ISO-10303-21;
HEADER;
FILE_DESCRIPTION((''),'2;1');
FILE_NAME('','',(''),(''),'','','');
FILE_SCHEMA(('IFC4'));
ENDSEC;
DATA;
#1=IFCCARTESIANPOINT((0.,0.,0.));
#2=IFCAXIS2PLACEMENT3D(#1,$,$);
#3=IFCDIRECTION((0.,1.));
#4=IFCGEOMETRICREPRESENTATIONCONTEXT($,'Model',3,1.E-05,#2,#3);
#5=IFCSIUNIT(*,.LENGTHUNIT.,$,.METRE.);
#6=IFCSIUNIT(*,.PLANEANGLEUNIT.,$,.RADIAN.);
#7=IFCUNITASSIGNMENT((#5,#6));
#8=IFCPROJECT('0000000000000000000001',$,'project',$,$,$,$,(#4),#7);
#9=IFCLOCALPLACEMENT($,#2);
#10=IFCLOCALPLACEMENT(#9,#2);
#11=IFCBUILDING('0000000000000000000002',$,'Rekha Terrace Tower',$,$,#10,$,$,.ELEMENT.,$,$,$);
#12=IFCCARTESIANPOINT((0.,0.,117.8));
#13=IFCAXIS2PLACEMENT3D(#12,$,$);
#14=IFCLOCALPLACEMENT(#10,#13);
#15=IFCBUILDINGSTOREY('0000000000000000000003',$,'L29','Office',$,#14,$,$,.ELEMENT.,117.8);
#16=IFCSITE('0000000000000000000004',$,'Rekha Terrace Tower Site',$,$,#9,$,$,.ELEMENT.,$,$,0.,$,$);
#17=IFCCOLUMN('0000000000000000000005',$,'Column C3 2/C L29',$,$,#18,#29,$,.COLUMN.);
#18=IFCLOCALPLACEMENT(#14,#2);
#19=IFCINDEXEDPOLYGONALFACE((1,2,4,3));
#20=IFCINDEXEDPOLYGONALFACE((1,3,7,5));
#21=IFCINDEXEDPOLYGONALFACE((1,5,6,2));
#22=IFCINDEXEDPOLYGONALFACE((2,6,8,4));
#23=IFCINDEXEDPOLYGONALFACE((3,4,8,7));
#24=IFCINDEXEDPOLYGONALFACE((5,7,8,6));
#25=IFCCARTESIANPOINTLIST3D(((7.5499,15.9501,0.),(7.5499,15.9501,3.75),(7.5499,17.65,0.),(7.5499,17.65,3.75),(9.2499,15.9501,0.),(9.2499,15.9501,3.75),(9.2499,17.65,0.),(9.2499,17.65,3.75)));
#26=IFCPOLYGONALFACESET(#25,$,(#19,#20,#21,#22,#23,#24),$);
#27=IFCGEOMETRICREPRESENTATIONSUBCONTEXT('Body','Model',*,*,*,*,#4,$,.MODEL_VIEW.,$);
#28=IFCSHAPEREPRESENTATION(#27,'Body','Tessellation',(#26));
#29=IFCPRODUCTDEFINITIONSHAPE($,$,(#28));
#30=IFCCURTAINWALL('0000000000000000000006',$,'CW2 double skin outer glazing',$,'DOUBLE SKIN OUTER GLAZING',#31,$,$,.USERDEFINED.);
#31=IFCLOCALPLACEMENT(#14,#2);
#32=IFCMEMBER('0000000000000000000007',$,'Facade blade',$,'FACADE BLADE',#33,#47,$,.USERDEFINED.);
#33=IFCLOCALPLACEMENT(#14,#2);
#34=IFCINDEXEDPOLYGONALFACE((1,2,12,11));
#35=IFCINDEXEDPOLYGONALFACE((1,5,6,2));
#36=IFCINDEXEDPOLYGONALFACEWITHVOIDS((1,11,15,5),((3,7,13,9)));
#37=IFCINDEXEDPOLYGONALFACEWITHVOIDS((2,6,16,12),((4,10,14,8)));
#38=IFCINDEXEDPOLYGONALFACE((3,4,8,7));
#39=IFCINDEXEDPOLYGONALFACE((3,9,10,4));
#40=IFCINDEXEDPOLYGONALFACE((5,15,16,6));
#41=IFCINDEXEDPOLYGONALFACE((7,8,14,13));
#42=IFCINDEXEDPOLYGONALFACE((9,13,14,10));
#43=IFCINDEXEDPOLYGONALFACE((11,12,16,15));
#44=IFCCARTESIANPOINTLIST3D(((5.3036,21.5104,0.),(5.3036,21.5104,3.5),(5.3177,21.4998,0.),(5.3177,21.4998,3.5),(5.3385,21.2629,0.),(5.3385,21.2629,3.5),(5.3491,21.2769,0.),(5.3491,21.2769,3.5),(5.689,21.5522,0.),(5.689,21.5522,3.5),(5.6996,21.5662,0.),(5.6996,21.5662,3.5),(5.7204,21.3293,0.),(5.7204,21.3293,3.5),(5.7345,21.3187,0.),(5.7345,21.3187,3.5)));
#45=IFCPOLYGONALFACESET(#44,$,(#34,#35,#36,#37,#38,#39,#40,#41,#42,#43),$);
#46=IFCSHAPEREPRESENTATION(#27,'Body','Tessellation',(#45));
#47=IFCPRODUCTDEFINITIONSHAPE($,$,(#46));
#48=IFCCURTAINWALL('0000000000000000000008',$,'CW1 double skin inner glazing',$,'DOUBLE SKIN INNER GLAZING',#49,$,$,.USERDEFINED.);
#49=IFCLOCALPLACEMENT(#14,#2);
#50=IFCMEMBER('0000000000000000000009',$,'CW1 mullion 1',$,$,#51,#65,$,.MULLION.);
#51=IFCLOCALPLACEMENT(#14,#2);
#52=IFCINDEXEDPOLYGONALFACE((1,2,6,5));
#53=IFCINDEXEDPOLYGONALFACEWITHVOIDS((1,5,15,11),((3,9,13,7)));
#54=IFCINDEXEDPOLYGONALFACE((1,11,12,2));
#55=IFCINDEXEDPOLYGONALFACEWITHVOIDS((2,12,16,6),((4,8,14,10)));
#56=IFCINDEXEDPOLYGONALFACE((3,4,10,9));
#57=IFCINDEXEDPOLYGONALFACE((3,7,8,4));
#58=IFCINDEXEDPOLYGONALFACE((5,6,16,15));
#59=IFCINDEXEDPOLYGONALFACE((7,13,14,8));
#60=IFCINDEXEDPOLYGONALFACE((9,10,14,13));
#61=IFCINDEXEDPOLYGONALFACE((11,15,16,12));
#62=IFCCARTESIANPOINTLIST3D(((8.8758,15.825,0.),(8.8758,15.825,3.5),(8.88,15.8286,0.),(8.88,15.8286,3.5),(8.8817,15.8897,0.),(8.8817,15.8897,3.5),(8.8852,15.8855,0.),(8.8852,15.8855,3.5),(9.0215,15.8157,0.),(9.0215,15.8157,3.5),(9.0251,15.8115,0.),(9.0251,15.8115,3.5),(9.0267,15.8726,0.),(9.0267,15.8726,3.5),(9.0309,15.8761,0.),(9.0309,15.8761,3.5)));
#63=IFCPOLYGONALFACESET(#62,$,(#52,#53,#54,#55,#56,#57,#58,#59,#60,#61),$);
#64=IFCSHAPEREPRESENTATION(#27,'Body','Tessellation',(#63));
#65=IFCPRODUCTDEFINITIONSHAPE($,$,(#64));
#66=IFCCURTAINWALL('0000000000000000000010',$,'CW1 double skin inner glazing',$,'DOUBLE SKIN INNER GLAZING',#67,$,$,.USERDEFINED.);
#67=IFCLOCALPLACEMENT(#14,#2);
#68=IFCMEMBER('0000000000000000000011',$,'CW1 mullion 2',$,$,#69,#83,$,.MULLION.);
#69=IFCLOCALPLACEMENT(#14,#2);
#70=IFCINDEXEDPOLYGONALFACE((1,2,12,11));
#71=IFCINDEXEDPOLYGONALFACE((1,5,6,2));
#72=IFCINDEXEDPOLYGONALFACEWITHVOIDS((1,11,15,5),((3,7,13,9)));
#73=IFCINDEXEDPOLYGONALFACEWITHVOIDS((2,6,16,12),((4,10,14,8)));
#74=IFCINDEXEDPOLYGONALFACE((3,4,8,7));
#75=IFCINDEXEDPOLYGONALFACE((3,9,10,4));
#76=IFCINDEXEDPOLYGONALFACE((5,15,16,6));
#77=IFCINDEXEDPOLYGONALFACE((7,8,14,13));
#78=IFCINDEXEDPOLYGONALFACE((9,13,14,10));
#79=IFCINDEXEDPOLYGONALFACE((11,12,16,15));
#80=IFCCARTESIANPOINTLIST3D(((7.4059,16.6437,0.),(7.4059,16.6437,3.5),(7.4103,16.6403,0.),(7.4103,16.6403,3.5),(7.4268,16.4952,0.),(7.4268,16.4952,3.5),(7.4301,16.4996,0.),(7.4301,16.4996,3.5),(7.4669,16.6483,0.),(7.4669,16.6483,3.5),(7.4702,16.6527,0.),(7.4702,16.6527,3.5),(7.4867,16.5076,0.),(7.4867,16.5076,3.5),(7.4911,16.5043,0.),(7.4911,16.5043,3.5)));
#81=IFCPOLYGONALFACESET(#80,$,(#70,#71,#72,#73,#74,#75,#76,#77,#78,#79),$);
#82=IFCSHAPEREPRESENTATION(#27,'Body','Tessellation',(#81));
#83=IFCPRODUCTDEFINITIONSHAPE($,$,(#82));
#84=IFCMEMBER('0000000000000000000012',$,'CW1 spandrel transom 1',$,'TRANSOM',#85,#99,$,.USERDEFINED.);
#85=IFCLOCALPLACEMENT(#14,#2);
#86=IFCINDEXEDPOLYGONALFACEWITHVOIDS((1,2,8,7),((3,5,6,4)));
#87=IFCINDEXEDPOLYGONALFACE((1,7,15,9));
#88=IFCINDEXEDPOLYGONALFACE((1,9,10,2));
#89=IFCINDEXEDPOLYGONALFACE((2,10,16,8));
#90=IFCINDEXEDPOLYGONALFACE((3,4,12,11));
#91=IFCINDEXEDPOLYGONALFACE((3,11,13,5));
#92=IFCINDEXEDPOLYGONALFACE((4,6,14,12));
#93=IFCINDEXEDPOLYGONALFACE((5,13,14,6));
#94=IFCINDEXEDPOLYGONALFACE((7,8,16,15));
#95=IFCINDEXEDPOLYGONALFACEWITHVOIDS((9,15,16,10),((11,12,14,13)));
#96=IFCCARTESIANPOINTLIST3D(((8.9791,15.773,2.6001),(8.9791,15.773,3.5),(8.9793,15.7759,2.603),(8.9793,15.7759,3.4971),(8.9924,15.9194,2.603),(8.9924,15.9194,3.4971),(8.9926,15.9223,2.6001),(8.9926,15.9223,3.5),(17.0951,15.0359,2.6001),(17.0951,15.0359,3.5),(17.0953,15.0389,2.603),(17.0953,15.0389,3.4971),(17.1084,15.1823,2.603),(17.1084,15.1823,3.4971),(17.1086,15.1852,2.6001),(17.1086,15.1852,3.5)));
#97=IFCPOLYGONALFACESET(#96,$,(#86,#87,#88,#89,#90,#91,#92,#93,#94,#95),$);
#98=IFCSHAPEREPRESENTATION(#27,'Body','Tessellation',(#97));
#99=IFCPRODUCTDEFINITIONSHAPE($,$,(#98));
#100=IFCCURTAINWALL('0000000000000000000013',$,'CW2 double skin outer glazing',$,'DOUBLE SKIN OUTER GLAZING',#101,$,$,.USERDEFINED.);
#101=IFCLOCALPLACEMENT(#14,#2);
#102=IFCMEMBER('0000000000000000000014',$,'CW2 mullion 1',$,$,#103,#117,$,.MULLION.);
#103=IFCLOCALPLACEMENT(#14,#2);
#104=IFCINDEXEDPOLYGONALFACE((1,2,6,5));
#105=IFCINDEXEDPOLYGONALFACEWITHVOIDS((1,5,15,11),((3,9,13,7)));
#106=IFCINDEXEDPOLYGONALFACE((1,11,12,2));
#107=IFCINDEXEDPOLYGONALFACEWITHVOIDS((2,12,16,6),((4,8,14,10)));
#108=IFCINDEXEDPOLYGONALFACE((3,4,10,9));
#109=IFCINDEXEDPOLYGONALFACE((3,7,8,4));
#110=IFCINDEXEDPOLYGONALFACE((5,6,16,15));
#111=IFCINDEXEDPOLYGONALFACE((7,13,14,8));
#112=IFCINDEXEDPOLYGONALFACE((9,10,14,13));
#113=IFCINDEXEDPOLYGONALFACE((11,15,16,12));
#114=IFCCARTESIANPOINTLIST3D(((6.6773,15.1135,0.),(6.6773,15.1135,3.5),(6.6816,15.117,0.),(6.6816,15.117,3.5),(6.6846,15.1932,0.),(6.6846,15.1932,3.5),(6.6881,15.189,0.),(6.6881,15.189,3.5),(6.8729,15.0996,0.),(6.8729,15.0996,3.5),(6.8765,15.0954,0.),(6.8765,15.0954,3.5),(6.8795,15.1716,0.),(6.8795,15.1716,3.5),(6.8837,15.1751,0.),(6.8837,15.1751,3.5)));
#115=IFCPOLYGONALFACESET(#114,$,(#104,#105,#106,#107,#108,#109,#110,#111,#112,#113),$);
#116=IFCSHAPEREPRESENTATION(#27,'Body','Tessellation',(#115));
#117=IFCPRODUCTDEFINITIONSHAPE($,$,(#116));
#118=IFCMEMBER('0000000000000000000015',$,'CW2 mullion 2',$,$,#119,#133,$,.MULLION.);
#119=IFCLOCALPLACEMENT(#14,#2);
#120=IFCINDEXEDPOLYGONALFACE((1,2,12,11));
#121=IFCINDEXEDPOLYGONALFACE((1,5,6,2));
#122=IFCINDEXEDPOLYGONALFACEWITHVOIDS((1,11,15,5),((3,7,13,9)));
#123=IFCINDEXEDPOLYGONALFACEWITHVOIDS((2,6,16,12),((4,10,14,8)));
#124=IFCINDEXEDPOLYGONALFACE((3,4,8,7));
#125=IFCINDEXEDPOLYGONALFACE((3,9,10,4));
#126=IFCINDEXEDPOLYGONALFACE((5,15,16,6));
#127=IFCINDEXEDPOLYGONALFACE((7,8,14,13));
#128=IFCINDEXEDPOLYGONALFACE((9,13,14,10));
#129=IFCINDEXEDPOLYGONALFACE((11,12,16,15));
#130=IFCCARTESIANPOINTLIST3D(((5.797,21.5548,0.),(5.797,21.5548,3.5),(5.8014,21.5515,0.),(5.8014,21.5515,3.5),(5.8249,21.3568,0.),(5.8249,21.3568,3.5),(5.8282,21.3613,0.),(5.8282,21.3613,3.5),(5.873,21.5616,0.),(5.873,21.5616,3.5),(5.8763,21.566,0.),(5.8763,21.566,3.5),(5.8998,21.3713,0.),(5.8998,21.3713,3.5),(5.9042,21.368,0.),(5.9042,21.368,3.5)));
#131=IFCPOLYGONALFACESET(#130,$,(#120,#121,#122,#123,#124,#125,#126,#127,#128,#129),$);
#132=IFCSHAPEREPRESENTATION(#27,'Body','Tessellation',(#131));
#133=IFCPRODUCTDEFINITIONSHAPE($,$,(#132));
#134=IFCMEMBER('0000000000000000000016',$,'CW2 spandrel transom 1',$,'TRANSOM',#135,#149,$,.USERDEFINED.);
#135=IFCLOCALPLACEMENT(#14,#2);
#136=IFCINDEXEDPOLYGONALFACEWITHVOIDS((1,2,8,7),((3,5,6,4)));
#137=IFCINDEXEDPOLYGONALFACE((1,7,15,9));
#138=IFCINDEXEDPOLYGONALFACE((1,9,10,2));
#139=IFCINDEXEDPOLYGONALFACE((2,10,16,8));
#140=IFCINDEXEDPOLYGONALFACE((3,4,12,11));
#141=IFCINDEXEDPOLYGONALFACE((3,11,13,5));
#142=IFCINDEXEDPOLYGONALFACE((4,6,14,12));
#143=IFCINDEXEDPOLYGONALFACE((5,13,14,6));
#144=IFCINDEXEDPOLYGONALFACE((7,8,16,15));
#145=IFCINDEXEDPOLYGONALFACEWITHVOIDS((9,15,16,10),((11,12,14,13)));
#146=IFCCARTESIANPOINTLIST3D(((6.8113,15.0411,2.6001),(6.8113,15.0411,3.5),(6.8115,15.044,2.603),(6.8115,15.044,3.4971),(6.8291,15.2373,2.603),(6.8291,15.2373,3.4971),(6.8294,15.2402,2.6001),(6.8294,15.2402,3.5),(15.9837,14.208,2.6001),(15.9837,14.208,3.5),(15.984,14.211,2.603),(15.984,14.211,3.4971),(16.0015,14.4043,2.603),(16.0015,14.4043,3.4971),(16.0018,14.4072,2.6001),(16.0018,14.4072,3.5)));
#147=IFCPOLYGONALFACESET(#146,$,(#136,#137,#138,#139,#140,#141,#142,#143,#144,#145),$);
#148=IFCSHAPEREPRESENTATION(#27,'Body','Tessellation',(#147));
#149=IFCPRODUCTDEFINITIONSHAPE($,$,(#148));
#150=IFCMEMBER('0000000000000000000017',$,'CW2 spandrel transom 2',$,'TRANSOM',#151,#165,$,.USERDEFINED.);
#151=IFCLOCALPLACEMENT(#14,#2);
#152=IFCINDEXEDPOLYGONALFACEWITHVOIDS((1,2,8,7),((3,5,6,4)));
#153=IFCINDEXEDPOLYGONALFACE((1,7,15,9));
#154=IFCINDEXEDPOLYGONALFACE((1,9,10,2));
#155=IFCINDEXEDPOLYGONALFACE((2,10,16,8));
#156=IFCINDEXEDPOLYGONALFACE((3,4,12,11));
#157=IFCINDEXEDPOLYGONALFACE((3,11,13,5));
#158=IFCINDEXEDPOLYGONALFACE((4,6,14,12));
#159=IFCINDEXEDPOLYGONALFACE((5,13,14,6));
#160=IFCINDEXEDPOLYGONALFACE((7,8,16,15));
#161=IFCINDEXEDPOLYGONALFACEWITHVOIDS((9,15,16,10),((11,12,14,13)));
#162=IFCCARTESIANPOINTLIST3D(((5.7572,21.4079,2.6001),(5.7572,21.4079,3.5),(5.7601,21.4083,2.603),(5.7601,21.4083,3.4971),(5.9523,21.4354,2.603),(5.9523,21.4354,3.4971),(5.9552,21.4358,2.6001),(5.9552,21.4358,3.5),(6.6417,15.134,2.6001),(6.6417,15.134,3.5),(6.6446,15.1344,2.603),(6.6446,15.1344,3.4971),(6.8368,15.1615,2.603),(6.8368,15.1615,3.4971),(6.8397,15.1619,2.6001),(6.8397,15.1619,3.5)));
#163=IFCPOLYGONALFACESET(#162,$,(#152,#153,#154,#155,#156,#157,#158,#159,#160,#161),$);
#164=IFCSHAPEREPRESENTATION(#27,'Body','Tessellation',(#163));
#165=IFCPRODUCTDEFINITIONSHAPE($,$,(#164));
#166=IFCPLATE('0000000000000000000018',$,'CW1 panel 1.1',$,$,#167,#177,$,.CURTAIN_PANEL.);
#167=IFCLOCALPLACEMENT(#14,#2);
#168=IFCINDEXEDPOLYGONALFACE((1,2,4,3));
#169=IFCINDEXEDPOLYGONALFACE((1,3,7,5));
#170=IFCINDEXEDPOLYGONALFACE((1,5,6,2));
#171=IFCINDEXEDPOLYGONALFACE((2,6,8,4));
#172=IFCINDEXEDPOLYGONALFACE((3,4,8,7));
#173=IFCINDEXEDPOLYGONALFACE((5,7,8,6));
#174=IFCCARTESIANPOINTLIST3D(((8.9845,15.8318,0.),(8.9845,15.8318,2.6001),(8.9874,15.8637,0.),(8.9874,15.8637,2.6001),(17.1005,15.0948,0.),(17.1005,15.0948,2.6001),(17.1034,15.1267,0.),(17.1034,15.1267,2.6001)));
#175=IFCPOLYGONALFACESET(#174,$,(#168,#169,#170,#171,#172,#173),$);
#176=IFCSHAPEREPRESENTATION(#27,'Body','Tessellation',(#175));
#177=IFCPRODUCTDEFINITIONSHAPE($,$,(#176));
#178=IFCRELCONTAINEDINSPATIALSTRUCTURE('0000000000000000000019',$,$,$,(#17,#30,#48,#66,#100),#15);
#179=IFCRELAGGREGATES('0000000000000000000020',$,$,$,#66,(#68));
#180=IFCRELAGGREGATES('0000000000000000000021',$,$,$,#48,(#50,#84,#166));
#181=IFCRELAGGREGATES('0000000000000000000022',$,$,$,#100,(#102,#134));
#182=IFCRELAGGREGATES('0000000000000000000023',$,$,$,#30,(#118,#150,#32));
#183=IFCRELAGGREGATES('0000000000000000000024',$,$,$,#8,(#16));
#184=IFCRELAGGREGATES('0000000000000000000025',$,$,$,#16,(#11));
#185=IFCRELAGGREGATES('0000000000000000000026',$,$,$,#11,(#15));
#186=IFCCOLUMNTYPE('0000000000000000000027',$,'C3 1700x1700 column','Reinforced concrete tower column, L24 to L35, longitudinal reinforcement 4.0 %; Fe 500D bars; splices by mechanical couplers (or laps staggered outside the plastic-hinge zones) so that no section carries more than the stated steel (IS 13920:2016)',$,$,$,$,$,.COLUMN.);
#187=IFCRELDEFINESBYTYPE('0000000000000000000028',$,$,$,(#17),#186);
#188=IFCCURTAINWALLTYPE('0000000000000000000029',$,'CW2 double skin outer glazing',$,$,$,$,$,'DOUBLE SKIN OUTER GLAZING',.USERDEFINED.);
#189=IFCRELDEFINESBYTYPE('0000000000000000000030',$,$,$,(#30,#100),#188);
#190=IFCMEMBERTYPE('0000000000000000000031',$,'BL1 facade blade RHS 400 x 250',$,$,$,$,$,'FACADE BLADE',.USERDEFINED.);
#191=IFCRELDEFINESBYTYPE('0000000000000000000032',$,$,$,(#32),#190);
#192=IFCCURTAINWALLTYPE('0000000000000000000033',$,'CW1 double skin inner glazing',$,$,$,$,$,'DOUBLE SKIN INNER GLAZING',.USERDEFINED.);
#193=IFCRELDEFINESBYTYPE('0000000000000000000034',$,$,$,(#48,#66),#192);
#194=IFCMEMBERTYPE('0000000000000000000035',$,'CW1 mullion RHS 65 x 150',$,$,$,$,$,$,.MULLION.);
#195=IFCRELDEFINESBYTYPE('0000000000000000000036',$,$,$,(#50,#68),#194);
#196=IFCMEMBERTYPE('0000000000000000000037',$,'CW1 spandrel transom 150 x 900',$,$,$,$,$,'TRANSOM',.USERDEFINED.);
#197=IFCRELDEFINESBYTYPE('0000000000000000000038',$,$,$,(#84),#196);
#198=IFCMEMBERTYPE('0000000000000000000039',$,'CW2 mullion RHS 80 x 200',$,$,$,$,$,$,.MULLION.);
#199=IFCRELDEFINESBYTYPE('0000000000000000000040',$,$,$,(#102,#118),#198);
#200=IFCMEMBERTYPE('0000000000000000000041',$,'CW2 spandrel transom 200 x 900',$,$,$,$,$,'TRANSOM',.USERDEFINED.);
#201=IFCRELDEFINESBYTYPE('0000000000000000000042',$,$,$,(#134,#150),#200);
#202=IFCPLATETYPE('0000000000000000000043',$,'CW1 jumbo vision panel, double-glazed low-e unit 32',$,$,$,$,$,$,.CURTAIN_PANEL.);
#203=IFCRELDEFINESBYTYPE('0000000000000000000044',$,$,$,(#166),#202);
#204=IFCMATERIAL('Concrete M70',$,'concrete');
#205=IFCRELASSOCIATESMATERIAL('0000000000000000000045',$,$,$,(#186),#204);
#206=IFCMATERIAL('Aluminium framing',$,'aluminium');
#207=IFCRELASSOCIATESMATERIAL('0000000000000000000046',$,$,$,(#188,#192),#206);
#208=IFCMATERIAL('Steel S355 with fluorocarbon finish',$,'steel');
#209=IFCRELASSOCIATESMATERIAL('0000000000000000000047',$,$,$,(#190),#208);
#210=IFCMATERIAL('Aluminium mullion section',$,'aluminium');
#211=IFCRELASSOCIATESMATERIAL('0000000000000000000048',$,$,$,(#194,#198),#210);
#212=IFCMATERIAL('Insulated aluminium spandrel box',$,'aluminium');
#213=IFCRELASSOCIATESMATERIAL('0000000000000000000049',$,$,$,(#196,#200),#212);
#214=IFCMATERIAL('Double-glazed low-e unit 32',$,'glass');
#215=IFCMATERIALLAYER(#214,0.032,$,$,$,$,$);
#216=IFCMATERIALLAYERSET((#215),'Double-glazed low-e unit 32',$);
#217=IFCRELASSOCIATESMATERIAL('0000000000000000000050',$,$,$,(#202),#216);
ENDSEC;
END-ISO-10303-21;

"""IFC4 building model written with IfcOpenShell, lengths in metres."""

from ifc_helpers import new_model, si_unit, direction, frame, origin, origin_2d, place, context, subcontext, project, spatial, rectangle, hollow_rectangle, extrude, material, layer, layer_set, material_profile, profile_set, type_object, element, aggregate, save


model = new_model("IFC4")

# Units and contexts
model_context = context("Model", 3, precision=1e-05, world=origin(), true_north=direction((0.0, 1.0)))
body_context = subcontext(model_context, "Body", "Model", "MODEL_VIEW")
ifc_project = project(units=[si_unit("LENGTHUNIT", "METRE"), si_unit("PLANEANGLEUNIT", "RADIAN")], contexts=[model_context])

# Site, building, storey
site_placement = place(None, origin())
site = spatial("IfcSite", under=ifc_project, at=site_placement, Name="Rekha Terrace Tower Site", CompositionType="ELEMENT", RefElevation=0.0)
building_placement = place(site_placement, origin())
building = spatial("IfcBuilding", under=site, at=building_placement, Name="Rekha Terrace Tower", CompositionType="ELEMENT")
storey_placement = place(building_placement, frame((0.0, 0.0, 117.8)))
storey = spatial("IfcBuildingStorey", under=building, at=storey_placement, Name="L29", Description="Office", CompositionType="ELEMENT", Elevation=117.8)

# Column
ifc_material_1 = material(Name="Concrete M70", Category="concrete")
ifc_material_profile_1 = material_profile(ifc_material_1, rectangle(XDim=1.7, YDim=1.7, at=origin_2d()), Name="RC 1700x1700")
ifc_profile_set_1 = profile_set([ifc_material_profile_1], Name="Concrete M70")
column_type = type_object("IfcColumnType", Name="C3 1700x1700 column", Description="Reinforced concrete tower column, L24 to L35, longitudinal reinforcement 4.0 %; Fe 500D bars; splices by mechanical couplers (or laps staggered outside the plastic-hinge zones) so that no section carries more than the stated steel (IS 13920:2016)", PredefinedType="COLUMN", material=ifc_profile_set_1)
column_placement = place(storey_placement, frame((8.3999, 16.8, 0.0), z_axis=(0.0, 0.0, 1.0), x_axis=(1.0, 0.0, 0.0)))
element("IfcColumn", 1, at=column_placement, inside=storey, type_object=column_type, Name="Column C3 2/C L29", PredefinedType="COLUMN", context=body_context, shape_type="SweptSolid", body=[
    extrude(rectangle(XDim=1.7, YDim=1.7, at=origin_2d()), origin(), (0.0, 0.0, 1.0), 3.75),
])

# Curtain walls, members
ifc_material_2 = material(Name="Aluminium framing", Category="aluminium")
curtain_wall_type_1 = type_object("IfcCurtainWallType", Name="CW2 double skin outer glazing", ElementType="DOUBLE SKIN OUTER GLAZING", PredefinedType="USERDEFINED", material=ifc_material_2)
curtain_wall_1_placement = place(storey_placement, origin())
curtain_wall_1 = element("IfcCurtainWall", 2, at=curtain_wall_1_placement, inside=storey, type_object=curtain_wall_type_1, Name="CW2 double skin outer glazing", ObjectType="DOUBLE SKIN OUTER GLAZING", PredefinedType="USERDEFINED")
ifc_material_3 = material(Name="Steel S355 with fluorocarbon finish", Category="steel")
ifc_material_profile_2 = material_profile(ifc_material_3, hollow_rectangle(XDim=0.25, YDim=0.3999, WallThickness=0.0125, at=origin_2d()), Name="RHS400x250x12.5")
ifc_profile_set_2 = profile_set([ifc_material_profile_2], Name="Steel S355 with fluorocarbon finish")
member_type_1 = type_object("IfcMemberType", Name="BL1 facade blade RHS 400 x 250", ElementType="FACADE BLADE", PredefinedType="USERDEFINED", material=ifc_profile_set_2)
member_1_placement = place(storey_placement, frame((5.519, 21.4146, 0.0), z_axis=(0.0, 0.0, 1.0), x_axis=(0.139597, -0.990208, 0.0)))
member_1 = element("IfcMember", 3, at=member_1_placement, type_object=member_type_1, Name="Facade blade", ObjectType="FACADE BLADE", PredefinedType="USERDEFINED", context=body_context, shape_type="SweptSolid", body=[
    extrude(hollow_rectangle(XDim=0.25, YDim=0.3999, WallThickness=0.0125, at=origin_2d()), origin(), (0.0, 0.0, 1.0), 3.5),
])
curtain_wall_type_2 = type_object("IfcCurtainWallType", Name="CW1 double skin inner glazing", ElementType="DOUBLE SKIN INNER GLAZING", PredefinedType="USERDEFINED", material=ifc_material_2)
curtain_wall_2_placement = place(storey_placement, origin())
curtain_wall_2 = element("IfcCurtainWall", 4, at=curtain_wall_2_placement, inside=storey, type_object=curtain_wall_type_2, Name="CW1 double skin inner glazing", ObjectType="DOUBLE SKIN INNER GLAZING", PredefinedType="USERDEFINED")
ifc_material_4 = material(Name="Aluminium mullion section", Category="aluminium")
ifc_material_profile_3 = material_profile(ifc_material_4, hollow_rectangle(XDim=0.0649, YDim=0.1499, WallThickness=0.0039, at=origin_2d()), Name="AL RHS 65x150")
ifc_profile_set_3 = profile_set([ifc_material_profile_3], Name="Aluminium mullion section")
member_type_2 = type_object("IfcMemberType", Name="CW1 mullion RHS 65 x 150", PredefinedType="MULLION", material=ifc_profile_set_3)
member_2_placement = place(storey_placement, frame((8.9534, 15.8506, 0.0), z_axis=(0.0, 0.0, 1.0), x_axis=(0.09044, 0.995902, 0.0)))
member_2 = element("IfcMember", 5, at=member_2_placement, type_object=member_type_2, Name="CW1 mullion 1", PredefinedType="MULLION", context=body_context, shape_type="SweptSolid", body=[
    extrude(hollow_rectangle(XDim=0.0649, YDim=0.1499, WallThickness=0.0039, at=origin_2d()), origin(), (0.0, 0.0, 1.0), 3.5),
])
curtain_wall_3_placement = place(storey_placement, origin())
curtain_wall_3 = element("IfcCurtainWall", 6, at=curtain_wall_3_placement, inside=storey, type_object=curtain_wall_type_2, Name="CW1 double skin inner glazing", ObjectType="DOUBLE SKIN INNER GLAZING", PredefinedType="USERDEFINED")
member_3_placement = place(storey_placement, frame((7.4485, 16.574, 0.0), z_axis=(0.0, 0.0, 1.0), x_axis=(0.990208, 0.139597, 0.0)))
member_3 = element("IfcMember", 7, at=member_3_placement, type_object=member_type_2, Name="CW1 mullion 2", PredefinedType="MULLION", context=body_context, shape_type="SweptSolid", body=[
    extrude(hollow_rectangle(XDim=0.0649, YDim=0.1499, WallThickness=0.0039, at=origin_2d()), origin(), (0.0, 0.0, 1.0), 3.5),
])
aggregate(curtain_wall_3, [member_3])

# Member
ifc_material_5 = material(Name="Insulated aluminium spandrel box", Category="aluminium")
ifc_material_profile_4 = material_profile(ifc_material_5, hollow_rectangle(XDim=0.1499, YDim=0.8999, WallThickness=0.0029, at=origin_2d()), Name="AL SPANDREL BOX 150x900")
ifc_profile_set_4 = profile_set([ifc_material_profile_4], Name="Insulated aluminium spandrel box")
member_type_3 = type_object("IfcMemberType", Name="CW1 spandrel transom 150 x 900", ElementType="TRANSOM", PredefinedType="USERDEFINED", material=ifc_profile_set_4)
member_4_placement = place(storey_placement, frame((8.9858, 15.8477, 3.05), z_axis=(0.995902, -0.090444, 0.0), x_axis=(0.090444, 0.995902, 0.0)))
member_4 = element("IfcMember", 8, at=member_4_placement, type_object=member_type_3, Name="CW1 spandrel transom 1", ObjectType="TRANSOM", PredefinedType="USERDEFINED", context=body_context, shape_type="SweptSolid", body=[
    extrude(hollow_rectangle(XDim=0.1499, YDim=0.8999, WallThickness=0.0029, at=origin_2d()), origin(), (0.0, 0.0, 1.0), 8.1494),
])

# Curtain wall, member
curtain_wall_4_placement = place(storey_placement, origin())
curtain_wall_4 = element("IfcCurtainWall", 9, at=curtain_wall_4_placement, inside=storey, type_object=curtain_wall_type_1, Name="CW2 double skin outer glazing", ObjectType="DOUBLE SKIN OUTER GLAZING", PredefinedType="USERDEFINED")
ifc_material_profile_5 = material_profile(ifc_material_4, hollow_rectangle(XDim=0.0801, YDim=0.2, WallThickness=0.0039, at=origin_2d()), Name="AL RHS 80x200")
ifc_profile_set_5 = profile_set([ifc_material_profile_5], Name="Aluminium mullion section")
member_type_4 = type_object("IfcMemberType", Name="CW2 mullion RHS 80 x 200", PredefinedType="MULLION", material=ifc_profile_set_5)
member_5_placement = place(storey_placement, frame((6.7805, 15.1443, 0.0), z_axis=(0.0, 0.0, 1.0), x_axis=(0.09044, 0.995902, 0.0)))
member_5 = element("IfcMember", 10, at=member_5_placement, type_object=member_type_4, Name="CW2 mullion 1", PredefinedType="MULLION", context=body_context, shape_type="SweptSolid", body=[
    extrude(hollow_rectangle(XDim=0.0801, YDim=0.2, WallThickness=0.0039, at=origin_2d()), origin(), (0.0, 0.0, 1.0), 3.5),
])

# Members
member_6_placement = place(storey_placement, frame((5.8506, 21.4614, 0.0), z_axis=(0.0, 0.0, 1.0), x_axis=(0.990208, 0.139597, 0.0)))
member_6 = element("IfcMember", 11, at=member_6_placement, type_object=member_type_4, Name="CW2 mullion 2", PredefinedType="MULLION", context=body_context, shape_type="SweptSolid", body=[
    extrude(hollow_rectangle(XDim=0.0801, YDim=0.2, WallThickness=0.0039, at=origin_2d()), origin(), (0.0, 0.0, 1.0), 3.5),
])
ifc_material_profile_6 = material_profile(ifc_material_5, hollow_rectangle(XDim=0.2, YDim=0.8999, WallThickness=0.0029, at=origin_2d()), Name="AL SPANDREL BOX 200x900")
ifc_profile_set_6 = profile_set([ifc_material_profile_6], Name="Insulated aluminium spandrel box")
member_type_5 = type_object("IfcMemberType", Name="CW2 spandrel transom 200 x 900", ElementType="TRANSOM", PredefinedType="USERDEFINED", material=ifc_profile_set_6)
member_7_placement = place(storey_placement, frame((6.8203, 15.1406, 3.05), z_axis=(0.995901, -0.090445, 0.0), x_axis=(0.090445, 0.995901, 0.0)))
member_7 = element("IfcMember", 12, at=member_7_placement, type_object=member_type_5, Name="CW2 spandrel transom 1", ObjectType="TRANSOM", PredefinedType="USERDEFINED", context=body_context, shape_type="SweptSolid", body=[
    extrude(hollow_rectangle(XDim=0.2, YDim=0.8999, WallThickness=0.0029, at=origin_2d()), origin(), (0.0, 0.0, 1.0), 9.2102),
])
member_8_placement = place(storey_placement, frame((5.8562, 21.4219, 3.05), z_axis=(0.139603, -0.990208, 0.0), x_axis=(0.990208, 0.139603, 0.0)))
member_8 = element("IfcMember", 13, at=member_8_placement, type_object=member_type_5, Name="CW2 spandrel transom 2", ObjectType="TRANSOM", PredefinedType="USERDEFINED", context=body_context, shape_type="SweptSolid", body=[
    extrude(hollow_rectangle(XDim=0.2, YDim=0.8999, WallThickness=0.0029, at=origin_2d()), origin(), (0.0, 0.0, 1.0), 6.3359),
])

# Plate
ifc_material_6 = material(Name="Double-glazed low-e unit 32", Category="glass")
ifc_layer_1 = layer(ifc_material_6, 0.032)
ifc_layer_set_1 = layer_set([ifc_layer_1], Name="Double-glazed low-e unit 32")
plate_type_1 = type_object("IfcPlateType", Name="CW1 jumbo vision panel, double-glazed low-e unit 32", PredefinedType="CURTAIN_PANEL", material=ifc_layer_set_1)
plate_1_placement = place(storey_placement, frame((13.0439, 15.4792, 0.0), z_axis=(0.0, 0.0, 1.0), x_axis=(0.995902, -0.09044, 0.0)))
plate_1 = element("IfcPlate", 14, at=plate_1_placement, type_object=plate_type_1, Name="CW1 panel 1.1", PredefinedType="CURTAIN_PANEL", context=body_context, shape_type="SweptSolid", body=[
    extrude(rectangle(XDim=8.1494, YDim=0.032, at=origin_2d()), origin(), (0.0, 0.0, 1.0), 2.6001),
])
aggregate(curtain_wall_2, [member_2, member_4, plate_1])
aggregate(curtain_wall_4, [member_5, member_7])
aggregate(curtain_wall_1, [member_6, member_8, member_1])

save(model, "model.ifc")
